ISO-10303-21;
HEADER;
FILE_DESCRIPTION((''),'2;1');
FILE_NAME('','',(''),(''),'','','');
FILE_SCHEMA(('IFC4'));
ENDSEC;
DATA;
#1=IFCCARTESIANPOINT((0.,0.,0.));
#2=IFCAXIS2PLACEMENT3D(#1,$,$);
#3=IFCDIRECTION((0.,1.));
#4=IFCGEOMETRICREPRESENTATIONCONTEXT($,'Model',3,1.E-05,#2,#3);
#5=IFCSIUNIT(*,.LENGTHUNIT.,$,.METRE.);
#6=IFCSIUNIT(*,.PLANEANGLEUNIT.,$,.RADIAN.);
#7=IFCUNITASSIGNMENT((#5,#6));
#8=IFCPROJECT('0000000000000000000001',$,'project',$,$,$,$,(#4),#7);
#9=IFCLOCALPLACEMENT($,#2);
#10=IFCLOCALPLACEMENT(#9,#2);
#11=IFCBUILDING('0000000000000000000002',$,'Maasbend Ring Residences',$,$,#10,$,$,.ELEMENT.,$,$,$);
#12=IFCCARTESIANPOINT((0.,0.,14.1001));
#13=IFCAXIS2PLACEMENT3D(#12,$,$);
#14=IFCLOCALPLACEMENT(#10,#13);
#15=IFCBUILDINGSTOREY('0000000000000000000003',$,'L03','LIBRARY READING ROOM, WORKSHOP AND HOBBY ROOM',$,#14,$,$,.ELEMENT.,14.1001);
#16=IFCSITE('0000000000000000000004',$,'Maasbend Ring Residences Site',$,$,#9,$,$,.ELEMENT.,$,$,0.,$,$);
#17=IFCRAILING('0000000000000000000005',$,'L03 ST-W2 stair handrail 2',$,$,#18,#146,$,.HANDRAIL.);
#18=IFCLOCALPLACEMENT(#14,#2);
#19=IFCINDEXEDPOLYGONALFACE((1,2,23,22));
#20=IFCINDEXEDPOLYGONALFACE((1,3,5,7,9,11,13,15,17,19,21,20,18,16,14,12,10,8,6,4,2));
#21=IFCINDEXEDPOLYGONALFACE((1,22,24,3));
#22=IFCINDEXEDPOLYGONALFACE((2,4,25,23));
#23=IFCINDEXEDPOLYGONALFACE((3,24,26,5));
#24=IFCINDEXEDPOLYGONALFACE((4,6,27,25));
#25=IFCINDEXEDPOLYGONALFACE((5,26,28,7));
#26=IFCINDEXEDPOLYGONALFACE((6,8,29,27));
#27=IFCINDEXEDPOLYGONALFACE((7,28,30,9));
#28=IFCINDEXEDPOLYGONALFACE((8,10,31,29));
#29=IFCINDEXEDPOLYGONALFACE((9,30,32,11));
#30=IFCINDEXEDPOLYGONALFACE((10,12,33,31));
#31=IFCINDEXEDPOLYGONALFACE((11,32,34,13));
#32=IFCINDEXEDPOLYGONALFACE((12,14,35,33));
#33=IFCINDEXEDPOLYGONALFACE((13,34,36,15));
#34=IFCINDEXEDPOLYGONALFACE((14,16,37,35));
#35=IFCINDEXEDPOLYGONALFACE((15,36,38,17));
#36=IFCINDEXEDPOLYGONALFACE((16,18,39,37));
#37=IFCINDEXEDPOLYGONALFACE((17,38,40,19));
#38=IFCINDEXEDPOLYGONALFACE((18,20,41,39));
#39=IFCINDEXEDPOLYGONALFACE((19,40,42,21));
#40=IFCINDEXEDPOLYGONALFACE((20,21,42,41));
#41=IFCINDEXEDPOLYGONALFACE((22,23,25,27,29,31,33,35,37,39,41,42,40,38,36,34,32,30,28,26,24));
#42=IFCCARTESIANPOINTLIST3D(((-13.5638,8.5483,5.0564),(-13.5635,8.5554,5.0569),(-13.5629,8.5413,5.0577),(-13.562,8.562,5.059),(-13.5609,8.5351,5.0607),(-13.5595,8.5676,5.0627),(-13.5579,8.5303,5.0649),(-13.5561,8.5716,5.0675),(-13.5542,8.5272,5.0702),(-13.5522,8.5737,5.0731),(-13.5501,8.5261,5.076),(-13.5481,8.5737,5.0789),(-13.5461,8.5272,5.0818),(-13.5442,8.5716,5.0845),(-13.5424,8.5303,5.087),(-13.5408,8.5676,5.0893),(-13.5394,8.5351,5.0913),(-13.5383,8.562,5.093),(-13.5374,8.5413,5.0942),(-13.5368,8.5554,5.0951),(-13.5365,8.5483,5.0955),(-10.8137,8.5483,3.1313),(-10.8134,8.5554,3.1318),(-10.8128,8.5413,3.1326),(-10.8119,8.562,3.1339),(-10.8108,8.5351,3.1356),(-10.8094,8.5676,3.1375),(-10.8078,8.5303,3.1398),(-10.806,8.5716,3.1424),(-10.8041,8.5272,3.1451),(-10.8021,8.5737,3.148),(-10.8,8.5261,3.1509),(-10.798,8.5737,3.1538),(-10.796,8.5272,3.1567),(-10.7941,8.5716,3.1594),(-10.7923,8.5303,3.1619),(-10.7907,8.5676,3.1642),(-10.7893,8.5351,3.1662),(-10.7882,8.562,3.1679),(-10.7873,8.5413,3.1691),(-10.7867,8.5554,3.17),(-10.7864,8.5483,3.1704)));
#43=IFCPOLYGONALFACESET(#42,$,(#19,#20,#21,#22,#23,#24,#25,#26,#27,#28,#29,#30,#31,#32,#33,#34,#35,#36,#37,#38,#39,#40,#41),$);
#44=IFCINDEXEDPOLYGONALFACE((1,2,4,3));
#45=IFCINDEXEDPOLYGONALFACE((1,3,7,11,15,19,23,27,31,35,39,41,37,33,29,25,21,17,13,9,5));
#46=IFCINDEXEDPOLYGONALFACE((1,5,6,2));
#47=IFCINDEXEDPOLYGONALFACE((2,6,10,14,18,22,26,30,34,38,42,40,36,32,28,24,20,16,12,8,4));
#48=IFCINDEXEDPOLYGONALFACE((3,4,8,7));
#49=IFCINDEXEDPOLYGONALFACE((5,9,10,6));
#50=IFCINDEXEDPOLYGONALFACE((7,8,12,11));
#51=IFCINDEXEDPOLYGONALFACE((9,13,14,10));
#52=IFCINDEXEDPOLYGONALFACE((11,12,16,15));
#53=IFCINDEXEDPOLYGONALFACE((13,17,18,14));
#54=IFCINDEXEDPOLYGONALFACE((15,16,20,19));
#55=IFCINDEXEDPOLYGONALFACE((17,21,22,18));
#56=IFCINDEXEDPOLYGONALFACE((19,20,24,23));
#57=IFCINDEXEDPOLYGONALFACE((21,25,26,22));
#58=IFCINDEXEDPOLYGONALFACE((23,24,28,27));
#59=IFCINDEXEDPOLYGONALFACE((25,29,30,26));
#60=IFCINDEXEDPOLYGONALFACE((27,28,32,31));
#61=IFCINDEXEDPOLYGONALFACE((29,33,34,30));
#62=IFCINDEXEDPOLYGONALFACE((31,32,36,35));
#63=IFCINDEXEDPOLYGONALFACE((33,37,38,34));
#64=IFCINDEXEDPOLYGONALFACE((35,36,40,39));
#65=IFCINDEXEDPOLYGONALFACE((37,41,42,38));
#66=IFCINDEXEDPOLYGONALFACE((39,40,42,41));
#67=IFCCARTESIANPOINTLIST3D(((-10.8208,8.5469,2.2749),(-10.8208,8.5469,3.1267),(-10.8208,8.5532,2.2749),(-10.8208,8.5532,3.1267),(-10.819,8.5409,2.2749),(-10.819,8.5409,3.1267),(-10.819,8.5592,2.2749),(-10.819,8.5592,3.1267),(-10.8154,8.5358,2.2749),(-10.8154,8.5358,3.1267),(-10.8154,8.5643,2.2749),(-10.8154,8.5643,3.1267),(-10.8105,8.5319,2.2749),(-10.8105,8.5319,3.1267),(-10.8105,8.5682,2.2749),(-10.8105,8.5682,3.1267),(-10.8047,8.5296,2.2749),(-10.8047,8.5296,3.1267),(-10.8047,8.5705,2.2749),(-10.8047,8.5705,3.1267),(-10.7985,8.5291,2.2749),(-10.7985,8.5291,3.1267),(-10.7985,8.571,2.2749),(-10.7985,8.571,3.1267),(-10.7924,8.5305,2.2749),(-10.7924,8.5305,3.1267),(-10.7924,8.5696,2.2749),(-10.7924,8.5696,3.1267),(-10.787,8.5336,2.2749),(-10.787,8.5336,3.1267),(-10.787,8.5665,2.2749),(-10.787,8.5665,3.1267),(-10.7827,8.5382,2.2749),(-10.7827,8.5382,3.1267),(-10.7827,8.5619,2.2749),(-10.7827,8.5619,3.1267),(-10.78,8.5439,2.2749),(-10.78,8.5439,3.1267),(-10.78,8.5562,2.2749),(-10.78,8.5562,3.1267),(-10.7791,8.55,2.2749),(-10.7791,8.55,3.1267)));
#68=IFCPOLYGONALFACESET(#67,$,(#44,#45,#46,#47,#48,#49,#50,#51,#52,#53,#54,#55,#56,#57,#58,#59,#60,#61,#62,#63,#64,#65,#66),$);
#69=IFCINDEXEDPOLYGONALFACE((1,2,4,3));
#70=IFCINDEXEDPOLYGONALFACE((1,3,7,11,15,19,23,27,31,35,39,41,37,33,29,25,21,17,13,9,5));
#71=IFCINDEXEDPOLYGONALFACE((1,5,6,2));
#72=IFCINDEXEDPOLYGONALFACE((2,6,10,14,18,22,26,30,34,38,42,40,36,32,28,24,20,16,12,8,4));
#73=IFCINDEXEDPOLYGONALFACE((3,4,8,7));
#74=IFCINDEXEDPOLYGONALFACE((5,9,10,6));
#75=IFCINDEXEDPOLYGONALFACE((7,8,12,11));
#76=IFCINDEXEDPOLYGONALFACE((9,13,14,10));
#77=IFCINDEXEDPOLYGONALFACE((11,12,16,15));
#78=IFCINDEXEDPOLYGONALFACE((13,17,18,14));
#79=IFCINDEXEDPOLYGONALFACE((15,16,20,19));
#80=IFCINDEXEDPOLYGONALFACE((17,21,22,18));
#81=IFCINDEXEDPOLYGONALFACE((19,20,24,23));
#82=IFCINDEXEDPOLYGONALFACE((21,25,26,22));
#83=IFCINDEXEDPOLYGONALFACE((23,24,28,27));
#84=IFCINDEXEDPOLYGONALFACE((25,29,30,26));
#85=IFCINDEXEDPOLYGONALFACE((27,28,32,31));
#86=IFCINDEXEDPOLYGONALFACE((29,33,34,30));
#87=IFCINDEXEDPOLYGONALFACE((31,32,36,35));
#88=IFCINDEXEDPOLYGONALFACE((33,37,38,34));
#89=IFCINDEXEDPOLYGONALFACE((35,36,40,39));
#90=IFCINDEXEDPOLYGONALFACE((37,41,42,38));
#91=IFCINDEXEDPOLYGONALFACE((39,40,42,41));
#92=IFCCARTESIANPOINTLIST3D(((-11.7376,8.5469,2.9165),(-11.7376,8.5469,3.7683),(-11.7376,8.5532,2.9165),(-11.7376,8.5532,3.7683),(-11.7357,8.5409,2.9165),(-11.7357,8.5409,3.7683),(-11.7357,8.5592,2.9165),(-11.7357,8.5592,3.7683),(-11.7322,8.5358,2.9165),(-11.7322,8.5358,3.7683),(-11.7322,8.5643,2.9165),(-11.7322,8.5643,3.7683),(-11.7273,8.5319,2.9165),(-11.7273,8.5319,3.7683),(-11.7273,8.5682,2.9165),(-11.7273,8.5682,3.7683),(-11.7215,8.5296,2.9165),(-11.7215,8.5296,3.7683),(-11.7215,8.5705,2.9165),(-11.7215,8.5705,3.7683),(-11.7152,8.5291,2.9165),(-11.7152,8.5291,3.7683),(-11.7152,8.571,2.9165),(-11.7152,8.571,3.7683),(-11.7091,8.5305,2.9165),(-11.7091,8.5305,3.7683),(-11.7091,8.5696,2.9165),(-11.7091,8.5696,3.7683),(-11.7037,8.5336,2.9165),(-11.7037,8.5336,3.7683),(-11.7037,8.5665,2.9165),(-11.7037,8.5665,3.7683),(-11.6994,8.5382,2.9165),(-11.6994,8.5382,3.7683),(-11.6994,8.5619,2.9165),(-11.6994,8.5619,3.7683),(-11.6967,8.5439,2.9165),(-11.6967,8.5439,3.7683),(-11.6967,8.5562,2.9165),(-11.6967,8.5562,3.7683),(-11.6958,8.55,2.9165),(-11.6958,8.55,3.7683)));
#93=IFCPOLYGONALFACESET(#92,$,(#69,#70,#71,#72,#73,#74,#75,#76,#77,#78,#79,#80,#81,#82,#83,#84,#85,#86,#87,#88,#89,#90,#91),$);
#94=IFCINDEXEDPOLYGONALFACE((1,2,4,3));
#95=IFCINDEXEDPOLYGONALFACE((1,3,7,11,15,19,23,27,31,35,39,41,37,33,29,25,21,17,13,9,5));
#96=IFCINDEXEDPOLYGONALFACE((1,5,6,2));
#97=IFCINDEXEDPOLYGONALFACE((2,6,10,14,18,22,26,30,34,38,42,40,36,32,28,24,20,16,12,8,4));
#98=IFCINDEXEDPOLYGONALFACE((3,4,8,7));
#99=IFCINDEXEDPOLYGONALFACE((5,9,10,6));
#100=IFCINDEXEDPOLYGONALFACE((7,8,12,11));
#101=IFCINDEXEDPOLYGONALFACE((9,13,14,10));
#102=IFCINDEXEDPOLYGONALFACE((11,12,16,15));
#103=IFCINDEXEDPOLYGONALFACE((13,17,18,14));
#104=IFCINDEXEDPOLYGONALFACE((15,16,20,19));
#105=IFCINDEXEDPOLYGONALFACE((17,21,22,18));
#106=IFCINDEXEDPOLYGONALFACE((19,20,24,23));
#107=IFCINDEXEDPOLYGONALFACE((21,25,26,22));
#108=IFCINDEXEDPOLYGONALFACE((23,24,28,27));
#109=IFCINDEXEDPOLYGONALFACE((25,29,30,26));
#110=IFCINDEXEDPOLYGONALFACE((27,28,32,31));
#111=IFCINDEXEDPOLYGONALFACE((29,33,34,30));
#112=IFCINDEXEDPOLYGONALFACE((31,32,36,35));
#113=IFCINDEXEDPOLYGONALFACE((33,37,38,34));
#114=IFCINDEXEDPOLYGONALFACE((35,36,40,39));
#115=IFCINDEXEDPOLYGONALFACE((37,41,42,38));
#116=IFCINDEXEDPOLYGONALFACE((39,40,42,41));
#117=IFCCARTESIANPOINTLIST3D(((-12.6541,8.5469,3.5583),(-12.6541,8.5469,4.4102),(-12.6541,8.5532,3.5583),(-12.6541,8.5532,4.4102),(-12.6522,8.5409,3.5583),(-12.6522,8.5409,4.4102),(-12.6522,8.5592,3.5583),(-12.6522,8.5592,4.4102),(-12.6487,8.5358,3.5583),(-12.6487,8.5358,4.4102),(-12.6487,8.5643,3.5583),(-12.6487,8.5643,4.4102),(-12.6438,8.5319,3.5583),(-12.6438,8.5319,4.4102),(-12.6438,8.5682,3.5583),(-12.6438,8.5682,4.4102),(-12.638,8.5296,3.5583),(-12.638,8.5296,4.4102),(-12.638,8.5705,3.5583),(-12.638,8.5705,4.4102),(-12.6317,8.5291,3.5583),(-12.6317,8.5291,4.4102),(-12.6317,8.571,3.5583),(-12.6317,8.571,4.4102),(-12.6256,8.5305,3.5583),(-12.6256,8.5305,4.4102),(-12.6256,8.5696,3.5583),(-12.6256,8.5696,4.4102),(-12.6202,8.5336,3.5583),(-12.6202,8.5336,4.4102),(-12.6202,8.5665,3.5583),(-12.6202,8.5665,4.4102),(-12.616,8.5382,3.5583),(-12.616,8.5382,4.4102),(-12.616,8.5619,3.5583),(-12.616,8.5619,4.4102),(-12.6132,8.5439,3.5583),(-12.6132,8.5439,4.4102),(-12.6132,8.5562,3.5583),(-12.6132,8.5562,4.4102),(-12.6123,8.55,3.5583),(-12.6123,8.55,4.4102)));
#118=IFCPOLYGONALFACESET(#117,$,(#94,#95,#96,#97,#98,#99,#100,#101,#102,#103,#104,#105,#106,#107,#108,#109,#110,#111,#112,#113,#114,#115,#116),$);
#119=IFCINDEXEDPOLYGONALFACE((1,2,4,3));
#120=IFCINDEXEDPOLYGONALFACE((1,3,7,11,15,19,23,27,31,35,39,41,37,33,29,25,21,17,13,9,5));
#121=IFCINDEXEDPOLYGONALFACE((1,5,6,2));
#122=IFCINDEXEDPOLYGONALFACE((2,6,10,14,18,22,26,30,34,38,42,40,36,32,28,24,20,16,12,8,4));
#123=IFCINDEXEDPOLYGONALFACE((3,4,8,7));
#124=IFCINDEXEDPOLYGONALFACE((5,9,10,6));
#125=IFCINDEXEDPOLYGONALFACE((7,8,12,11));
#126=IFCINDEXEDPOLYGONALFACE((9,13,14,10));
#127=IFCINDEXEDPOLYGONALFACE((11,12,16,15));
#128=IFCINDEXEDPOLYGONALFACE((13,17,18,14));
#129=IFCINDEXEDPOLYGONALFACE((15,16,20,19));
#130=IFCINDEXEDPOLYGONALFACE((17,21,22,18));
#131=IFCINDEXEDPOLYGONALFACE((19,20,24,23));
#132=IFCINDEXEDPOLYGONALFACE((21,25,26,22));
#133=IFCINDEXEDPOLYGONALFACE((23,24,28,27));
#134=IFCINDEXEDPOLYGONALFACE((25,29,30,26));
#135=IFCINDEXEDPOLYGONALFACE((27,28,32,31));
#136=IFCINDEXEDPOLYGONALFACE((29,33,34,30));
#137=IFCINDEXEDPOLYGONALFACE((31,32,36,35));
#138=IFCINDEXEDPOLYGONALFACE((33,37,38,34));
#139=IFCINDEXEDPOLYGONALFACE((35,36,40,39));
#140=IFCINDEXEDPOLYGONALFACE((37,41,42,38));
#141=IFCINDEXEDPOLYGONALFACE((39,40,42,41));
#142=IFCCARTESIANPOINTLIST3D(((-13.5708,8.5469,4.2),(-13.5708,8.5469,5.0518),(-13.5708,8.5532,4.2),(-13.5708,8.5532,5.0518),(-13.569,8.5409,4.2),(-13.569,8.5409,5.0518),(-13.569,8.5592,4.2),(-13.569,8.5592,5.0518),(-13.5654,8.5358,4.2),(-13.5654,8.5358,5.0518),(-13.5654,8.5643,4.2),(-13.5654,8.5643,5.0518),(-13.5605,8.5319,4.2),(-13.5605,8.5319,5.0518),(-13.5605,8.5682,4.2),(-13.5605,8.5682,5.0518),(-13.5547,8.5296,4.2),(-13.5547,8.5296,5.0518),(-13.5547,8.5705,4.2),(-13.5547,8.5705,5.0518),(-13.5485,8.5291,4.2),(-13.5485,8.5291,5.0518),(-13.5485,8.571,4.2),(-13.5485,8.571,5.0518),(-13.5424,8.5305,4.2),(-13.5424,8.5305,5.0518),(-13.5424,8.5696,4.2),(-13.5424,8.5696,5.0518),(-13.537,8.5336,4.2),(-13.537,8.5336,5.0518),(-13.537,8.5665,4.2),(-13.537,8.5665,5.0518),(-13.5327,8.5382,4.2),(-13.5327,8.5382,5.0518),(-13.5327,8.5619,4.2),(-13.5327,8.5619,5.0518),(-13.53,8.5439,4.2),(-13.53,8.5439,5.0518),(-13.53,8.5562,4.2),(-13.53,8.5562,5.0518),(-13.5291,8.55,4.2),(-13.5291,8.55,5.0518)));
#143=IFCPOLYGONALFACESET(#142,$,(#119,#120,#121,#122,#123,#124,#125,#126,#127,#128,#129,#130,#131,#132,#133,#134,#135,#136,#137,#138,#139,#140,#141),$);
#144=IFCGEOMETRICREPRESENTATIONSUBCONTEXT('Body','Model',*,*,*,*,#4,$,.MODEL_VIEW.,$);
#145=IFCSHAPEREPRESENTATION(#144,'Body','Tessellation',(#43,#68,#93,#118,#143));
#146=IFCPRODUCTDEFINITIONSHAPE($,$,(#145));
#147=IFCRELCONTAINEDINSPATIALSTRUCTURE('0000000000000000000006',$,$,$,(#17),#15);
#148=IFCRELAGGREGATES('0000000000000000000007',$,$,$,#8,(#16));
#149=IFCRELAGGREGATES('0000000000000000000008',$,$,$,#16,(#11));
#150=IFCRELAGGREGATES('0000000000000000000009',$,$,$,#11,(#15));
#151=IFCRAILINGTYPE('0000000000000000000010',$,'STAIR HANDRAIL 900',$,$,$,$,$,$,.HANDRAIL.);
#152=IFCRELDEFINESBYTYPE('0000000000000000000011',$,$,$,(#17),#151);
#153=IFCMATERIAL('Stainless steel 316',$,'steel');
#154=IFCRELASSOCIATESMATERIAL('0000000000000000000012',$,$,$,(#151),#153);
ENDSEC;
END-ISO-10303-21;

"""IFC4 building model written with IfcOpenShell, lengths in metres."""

from ifc_helpers import new_model, si_unit, direction, frame, origin, origin_2d, place, context, subcontext, project, spatial, circle, extrude, material, type_object, element, save


model = new_model("IFC4")

# Units and contexts
model_context = context("Model", 3, precision=1e-05, world=origin(), true_north=direction((0.0, 1.0)))
body_context = subcontext(model_context, "Body", "Model", "MODEL_VIEW")
ifc_project = project(units=[si_unit("LENGTHUNIT", "METRE"), si_unit("PLANEANGLEUNIT", "RADIAN")], contexts=[model_context])

# Site, building, storey
site_placement = place(None, origin())
site = spatial("IfcSite", under=ifc_project, at=site_placement, Name="Maasbend Ring Residences Site", CompositionType="ELEMENT", RefElevation=0.0)
building_placement = place(site_placement, origin())
building = spatial("IfcBuilding", under=site, at=building_placement, Name="Maasbend Ring Residences", CompositionType="ELEMENT")
storey_placement = place(building_placement, frame((0.0, 0.0, 14.1001)))
storey = spatial("IfcBuildingStorey", under=building, at=storey_placement, Name="L03", Description="LIBRARY READING ROOM, WORKSHOP AND HOBBY ROOM", CompositionType="ELEMENT", Elevation=14.1001)

# Railing
ifc_material_1 = material(Name="Stainless steel 316", Category="steel")
railing_type_1 = type_object("IfcRailingType", Name="STAIR HANDRAIL 900", PredefinedType="HANDRAIL", material=ifc_material_1)
railing_1_placement = place(storey_placement, frame((-10.8, 8.55, 2.2749)))
element("IfcRailing", 1, at=railing_1_placement, inside=storey, type_object=railing_type_1, Name="L03 ST-W2 stair handrail 2", PredefinedType="HANDRAIL", context=body_context, shape_type="SweptSolid", body=[
    extrude(circle(Radius=0.0239, at=origin_2d()), frame((0.0, 0.0, 0.876), z_axis=(-0.819225, 0.0, 0.573472), x_axis=(0.0, -1.0, 0.0)), (0.0, 0.0, 1.0), 3.3569),
    extrude(circle(Radius=0.021, at=origin_2d()), origin(), (0.0, 0.0, 1.0), 0.8518),
    extrude(circle(Radius=0.021, at=origin_2d()), frame((-0.9167, 0.0, 0.6416)), (0.0, 0.0, 1.0), 0.8518),
    extrude(circle(Radius=0.021, at=origin_2d()), frame((-1.8333, 0.0, 1.2834)), (0.0, 0.0, 1.0), 0.8518),
    extrude(circle(Radius=0.021, at=origin_2d()), frame((-2.75, 0.0, 1.925)), (0.0, 0.0, 1.0), 0.8518),
])

save(model, "model.ifc")
